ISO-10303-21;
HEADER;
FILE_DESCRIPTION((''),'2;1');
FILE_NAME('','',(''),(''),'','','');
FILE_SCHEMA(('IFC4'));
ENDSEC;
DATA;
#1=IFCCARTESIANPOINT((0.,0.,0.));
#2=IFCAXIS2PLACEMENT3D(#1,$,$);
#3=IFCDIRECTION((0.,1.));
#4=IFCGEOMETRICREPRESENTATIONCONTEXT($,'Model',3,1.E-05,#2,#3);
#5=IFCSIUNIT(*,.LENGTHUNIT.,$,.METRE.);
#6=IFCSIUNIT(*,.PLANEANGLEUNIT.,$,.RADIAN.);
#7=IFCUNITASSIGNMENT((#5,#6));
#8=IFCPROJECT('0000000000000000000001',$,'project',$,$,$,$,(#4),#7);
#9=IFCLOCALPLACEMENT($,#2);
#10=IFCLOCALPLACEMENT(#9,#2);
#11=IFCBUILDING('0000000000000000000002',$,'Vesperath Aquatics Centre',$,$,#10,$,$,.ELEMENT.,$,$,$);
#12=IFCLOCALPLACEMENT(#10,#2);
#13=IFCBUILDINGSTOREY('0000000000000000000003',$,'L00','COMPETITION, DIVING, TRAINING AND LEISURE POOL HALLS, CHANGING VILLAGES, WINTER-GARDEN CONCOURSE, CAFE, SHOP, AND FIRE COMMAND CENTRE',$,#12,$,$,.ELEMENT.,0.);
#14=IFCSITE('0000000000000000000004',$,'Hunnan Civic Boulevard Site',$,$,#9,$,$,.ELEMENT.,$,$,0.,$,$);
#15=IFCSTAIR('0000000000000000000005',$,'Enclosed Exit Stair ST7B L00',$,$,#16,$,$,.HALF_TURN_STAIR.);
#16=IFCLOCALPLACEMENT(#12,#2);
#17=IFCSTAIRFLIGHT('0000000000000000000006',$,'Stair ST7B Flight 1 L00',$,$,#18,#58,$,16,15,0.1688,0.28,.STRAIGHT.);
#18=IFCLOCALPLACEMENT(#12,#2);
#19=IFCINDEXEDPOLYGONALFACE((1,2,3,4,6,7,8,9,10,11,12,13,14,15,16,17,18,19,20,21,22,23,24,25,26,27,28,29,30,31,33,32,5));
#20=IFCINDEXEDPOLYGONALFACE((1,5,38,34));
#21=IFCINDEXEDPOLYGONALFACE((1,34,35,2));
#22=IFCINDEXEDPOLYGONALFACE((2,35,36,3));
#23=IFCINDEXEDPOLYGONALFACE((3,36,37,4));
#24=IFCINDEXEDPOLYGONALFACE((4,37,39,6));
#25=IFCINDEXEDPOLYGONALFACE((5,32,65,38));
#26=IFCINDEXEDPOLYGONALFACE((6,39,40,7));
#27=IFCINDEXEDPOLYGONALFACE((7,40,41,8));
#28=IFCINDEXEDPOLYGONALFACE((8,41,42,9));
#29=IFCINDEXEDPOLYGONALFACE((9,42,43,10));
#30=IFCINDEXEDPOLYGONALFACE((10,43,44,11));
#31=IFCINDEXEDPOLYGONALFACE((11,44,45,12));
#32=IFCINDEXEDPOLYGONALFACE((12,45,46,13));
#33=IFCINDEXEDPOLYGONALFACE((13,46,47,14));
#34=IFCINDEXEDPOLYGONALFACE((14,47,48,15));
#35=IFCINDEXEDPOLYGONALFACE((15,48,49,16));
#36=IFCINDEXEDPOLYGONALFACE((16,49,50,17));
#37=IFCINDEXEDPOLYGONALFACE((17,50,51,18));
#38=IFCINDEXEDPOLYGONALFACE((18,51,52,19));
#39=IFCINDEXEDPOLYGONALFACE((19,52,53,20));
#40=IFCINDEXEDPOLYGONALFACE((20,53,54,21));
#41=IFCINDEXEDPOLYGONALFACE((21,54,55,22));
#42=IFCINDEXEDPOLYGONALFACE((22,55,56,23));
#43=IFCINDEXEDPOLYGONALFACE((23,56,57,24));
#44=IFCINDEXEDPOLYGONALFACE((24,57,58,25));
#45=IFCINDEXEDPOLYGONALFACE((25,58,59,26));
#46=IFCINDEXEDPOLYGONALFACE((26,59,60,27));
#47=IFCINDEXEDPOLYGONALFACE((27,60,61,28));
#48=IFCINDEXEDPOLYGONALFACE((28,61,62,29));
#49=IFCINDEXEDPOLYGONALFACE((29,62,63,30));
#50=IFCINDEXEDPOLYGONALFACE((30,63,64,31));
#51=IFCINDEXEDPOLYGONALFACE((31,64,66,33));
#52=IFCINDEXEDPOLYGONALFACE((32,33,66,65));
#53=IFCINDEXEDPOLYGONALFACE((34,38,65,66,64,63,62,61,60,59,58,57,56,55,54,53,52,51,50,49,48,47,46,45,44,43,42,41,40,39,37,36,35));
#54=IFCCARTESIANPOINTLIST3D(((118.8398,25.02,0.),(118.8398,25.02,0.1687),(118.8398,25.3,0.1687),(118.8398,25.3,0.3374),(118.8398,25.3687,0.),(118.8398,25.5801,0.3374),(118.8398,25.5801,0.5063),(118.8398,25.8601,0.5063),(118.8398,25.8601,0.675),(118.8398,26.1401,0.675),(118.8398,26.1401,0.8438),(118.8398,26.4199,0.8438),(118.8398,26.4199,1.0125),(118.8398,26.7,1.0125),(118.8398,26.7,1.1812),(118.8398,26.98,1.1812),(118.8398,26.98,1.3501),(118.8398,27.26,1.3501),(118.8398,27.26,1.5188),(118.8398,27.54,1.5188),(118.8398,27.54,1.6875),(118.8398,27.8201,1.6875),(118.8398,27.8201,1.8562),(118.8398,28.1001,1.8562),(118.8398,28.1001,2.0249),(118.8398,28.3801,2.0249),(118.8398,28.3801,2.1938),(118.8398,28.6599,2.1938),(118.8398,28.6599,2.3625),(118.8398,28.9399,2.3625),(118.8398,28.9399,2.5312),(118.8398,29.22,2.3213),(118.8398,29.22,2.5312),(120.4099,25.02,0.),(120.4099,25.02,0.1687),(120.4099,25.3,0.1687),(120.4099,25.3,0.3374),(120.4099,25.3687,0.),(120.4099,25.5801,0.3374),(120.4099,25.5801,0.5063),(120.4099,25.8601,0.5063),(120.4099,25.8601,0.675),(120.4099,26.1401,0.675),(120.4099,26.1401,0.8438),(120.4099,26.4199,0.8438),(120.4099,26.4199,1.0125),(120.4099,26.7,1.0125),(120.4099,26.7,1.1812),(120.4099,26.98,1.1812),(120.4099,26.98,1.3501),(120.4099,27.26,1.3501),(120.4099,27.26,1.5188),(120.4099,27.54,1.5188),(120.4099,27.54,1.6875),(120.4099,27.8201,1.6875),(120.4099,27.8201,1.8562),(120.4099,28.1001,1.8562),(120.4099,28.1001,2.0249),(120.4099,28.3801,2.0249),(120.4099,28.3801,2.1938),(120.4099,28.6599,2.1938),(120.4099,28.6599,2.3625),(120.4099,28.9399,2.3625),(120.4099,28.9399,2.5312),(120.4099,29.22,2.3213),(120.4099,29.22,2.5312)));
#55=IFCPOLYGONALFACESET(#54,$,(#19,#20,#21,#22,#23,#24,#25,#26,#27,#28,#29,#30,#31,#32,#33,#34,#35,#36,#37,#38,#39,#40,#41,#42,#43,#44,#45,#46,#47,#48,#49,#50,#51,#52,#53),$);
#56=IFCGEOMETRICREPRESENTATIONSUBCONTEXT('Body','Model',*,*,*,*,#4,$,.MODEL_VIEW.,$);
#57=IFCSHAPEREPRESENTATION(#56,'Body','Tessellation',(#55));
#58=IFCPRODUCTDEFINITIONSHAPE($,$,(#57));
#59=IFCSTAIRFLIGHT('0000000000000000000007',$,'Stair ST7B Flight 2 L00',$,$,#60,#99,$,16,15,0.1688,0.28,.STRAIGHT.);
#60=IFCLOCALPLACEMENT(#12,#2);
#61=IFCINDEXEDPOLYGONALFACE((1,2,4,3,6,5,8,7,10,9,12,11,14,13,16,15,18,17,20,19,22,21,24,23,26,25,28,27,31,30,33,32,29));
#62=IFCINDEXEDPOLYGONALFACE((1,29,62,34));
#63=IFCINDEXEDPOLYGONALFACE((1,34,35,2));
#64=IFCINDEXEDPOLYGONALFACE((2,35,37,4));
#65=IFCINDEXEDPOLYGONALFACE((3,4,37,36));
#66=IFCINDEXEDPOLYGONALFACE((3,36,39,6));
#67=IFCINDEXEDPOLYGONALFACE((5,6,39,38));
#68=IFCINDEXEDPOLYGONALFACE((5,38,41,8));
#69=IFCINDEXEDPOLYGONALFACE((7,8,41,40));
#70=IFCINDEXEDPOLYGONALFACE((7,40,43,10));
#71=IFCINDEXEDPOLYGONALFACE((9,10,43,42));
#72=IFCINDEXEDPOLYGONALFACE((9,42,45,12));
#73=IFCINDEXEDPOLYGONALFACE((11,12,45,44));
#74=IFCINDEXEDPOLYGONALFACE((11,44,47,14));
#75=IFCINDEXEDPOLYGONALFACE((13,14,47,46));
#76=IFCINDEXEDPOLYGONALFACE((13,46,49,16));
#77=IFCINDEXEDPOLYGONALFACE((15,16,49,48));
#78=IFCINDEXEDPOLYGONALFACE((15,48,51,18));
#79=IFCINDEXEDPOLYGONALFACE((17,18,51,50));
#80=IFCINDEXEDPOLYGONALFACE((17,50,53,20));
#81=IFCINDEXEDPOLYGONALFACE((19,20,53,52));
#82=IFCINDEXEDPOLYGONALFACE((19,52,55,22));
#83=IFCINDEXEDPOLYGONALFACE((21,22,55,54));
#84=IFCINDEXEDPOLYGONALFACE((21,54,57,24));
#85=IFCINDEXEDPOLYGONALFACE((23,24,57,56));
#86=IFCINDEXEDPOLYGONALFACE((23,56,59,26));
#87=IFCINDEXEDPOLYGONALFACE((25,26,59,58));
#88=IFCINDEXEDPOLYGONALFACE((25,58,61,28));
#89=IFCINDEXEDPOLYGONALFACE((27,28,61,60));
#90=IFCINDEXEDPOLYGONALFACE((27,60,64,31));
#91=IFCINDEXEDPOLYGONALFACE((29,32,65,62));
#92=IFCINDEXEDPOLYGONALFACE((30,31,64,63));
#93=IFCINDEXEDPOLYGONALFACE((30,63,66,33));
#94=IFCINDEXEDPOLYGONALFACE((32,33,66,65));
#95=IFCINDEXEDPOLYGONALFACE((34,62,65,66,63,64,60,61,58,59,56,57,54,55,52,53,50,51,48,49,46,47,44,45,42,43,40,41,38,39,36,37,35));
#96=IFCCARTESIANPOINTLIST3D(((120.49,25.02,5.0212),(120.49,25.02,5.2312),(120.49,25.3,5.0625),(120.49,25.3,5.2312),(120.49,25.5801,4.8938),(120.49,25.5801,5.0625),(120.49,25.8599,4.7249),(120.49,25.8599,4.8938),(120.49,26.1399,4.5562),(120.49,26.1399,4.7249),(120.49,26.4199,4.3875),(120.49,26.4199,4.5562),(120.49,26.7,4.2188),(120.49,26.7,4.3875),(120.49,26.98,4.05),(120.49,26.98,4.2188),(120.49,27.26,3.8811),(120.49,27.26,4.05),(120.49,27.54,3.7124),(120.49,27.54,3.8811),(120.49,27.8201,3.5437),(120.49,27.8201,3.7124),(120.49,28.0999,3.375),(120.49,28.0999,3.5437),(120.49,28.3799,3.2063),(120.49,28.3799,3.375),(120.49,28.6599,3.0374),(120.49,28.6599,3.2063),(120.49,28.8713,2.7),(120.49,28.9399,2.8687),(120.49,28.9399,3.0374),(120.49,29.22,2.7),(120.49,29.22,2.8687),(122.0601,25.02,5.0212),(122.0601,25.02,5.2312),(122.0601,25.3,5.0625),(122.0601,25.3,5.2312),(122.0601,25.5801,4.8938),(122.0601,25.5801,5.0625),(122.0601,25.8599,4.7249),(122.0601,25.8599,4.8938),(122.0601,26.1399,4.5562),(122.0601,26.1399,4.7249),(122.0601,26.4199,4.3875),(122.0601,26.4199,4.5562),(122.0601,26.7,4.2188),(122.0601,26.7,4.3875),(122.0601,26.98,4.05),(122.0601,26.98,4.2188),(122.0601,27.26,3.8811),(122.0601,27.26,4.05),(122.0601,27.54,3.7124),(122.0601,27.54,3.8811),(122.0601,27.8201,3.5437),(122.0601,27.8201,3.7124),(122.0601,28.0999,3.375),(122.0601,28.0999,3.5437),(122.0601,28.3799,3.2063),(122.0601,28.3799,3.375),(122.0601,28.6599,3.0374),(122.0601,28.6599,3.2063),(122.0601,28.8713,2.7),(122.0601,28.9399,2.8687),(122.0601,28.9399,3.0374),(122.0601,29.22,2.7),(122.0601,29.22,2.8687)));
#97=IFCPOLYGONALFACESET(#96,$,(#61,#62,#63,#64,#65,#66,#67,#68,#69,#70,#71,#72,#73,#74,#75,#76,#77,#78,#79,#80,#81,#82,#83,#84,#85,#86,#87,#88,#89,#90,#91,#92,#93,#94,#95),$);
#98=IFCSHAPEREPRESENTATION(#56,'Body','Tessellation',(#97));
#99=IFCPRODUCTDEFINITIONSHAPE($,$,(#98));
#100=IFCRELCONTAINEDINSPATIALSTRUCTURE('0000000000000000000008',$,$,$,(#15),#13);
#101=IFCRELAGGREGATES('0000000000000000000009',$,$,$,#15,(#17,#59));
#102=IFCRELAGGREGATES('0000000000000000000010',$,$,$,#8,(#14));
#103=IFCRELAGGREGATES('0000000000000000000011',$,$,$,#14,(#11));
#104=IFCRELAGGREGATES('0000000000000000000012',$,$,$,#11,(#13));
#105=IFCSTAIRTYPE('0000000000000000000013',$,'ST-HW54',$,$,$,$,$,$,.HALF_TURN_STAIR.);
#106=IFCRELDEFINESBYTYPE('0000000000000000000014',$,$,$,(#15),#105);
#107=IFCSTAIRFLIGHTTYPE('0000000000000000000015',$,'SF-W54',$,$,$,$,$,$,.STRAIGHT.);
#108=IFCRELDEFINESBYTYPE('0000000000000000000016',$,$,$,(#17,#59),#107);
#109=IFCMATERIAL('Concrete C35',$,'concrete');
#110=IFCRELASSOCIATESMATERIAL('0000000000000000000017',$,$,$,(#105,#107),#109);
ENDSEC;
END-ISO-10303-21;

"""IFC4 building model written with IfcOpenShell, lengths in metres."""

from ifc_helpers import new_model, si_unit, direction, frame, origin, place, context, subcontext, project, spatial, polyline, outline, extrude, material, type_object, element, aggregate, save


model = new_model("IFC4")

# Units and contexts
model_context = context("Model", 3, precision=1e-05, world=origin(), true_north=direction((0.0, 1.0)))
body_context = subcontext(model_context, "Body", "Model", "MODEL_VIEW")
ifc_project = project(units=[si_unit("LENGTHUNIT", "METRE"), si_unit("PLANEANGLEUNIT", "RADIAN")], contexts=[model_context])

# Site, building, storey
site_placement = place(None, origin())
site = spatial("IfcSite", under=ifc_project, at=site_placement, Name="Hunnan Civic Boulevard Site", CompositionType="ELEMENT", RefElevation=0.0)
building_placement = place(site_placement, origin())
building = spatial("IfcBuilding", under=site, at=building_placement, Name="Vesperath Aquatics Centre", CompositionType="ELEMENT")
storey_placement = place(building_placement, origin())
storey = spatial("IfcBuildingStorey", under=building, at=storey_placement, Name="L00", Description="COMPETITION, DIVING, TRAINING AND LEISURE POOL HALLS, CHANGING VILLAGES, WINTER-GARDEN CONCOURSE, CAFE, SHOP, AND FIRE COMMAND CENTRE", CompositionType="ELEMENT", Elevation=0.0)

# Shared definitions
ifc_material_1 = material(Name="Concrete C35", Category="concrete")

# Stair, stair flights
stair_type = type_object("IfcStairType", Name="ST-HW54", PredefinedType="HALF_TURN_STAIR", material=ifc_material_1)
stair_placement = place(storey_placement, origin())
stair = element("IfcStair", 1, at=stair_placement, inside=storey, type_object=stair_type, Name="Enclosed Exit Stair ST7B L00", PredefinedType="HALF_TURN_STAIR")
stair_flight_type = type_object("IfcStairFlightType", Name="SF-W54", PredefinedType="STRAIGHT", material=ifc_material_1)
stair_flight_1_placement = place(storey_placement, frame((119.625, 25.02, 0.0), z_axis=(0.0, 0.0, 1.0), x_axis=(0.0, 1.0, 0.0)))
stair_flight_1 = element("IfcStairFlight", 2, at=stair_flight_1_placement, type_object=stair_flight_type, Name="Stair ST7B Flight 1 L00", NumberOfRisers=16, NumberOfTreads=15, PredefinedType="STRAIGHT", RiserHeight=0.1688, TreadLength=0.28, context=body_context, shape_type="SweptSolid", body=[
    extrude(outline(polyline([(0.0, 0.0), (0.0, 0.1687), (0.28, 0.1687), (0.28, 0.3374), (0.5601, 0.3374), (0.5601, 0.5063), (0.8401, 0.5063), (0.8401, 0.675), (1.1201, 0.675), (1.1201, 0.8438), (1.3999, 0.8438), (1.3999, 1.0125), (1.6799, 1.0125), (1.6799, 1.1812), (1.96, 1.1812), (1.96, 1.3501), (2.24, 1.3501), (2.24, 1.5188), (2.52, 1.5188), (2.52, 1.6875), (2.8, 1.6875), (2.8, 1.8562), (3.0801, 1.8562), (3.0801, 2.0249), (3.3601, 2.0249), (3.3601, 2.1938), (3.6399, 2.1938), (3.6399, 2.3625), (3.9199, 2.3625), (3.9199, 2.5312), (4.2, 2.5312), (4.2, 2.7), (4.2, 2.3213), (0.3486, 0.0), (0.0, 0.0)])), frame((0.0, 0.7852, 0.0), z_axis=(0.0, -1.0, 0.0), x_axis=(1.0, 0.0, 0.0)), (0.0, 0.0, 1.0), 1.5701),
])
stair_flight_2_placement = place(storey_placement, frame((121.2749, 29.22, 2.7), z_axis=(0.0, 0.0, 1.0), x_axis=(0.0, -1.0, 0.0)))
stair_flight_2 = element("IfcStairFlight", 3, at=stair_flight_2_placement, type_object=stair_flight_type, Name="Stair ST7B Flight 2 L00", NumberOfRisers=16, NumberOfTreads=15, PredefinedType="STRAIGHT", RiserHeight=0.1688, TreadLength=0.28, context=body_context, shape_type="SweptSolid", body=[
    extrude(outline(polyline([(0.0, 0.0), (0.0, 0.1687), (0.28, 0.1687), (0.28, 0.3374), (0.5601, 0.3374), (0.5601, 0.5063), (0.8401, 0.5063), (0.8401, 0.675), (1.1201, 0.675), (1.1201, 0.8438), (1.3999, 0.8438), (1.3999, 1.0125), (1.6799, 1.0125), (1.6799, 1.1812), (1.96, 1.1812), (1.96, 1.3501), (2.24, 1.3501), (2.24, 1.5188), (2.52, 1.5188), (2.52, 1.6875), (2.8, 1.6875), (2.8, 1.8562), (3.0801, 1.8562), (3.0801, 2.0249), (3.3601, 2.0249), (3.3601, 2.1938), (3.6399, 2.1938), (3.6399, 2.3625), (3.9199, 2.3625), (3.9199, 2.5312), (4.2, 2.5312), (4.2, 2.7), (4.2, 2.3213), (0.3486, 0.0), (0.0, 0.0)])), frame((0.0, 0.7852, 0.0), z_axis=(0.0, -1.0, 0.0), x_axis=(1.0, 0.0, 0.0)), (0.0, 0.0, 1.0), 1.5701),
])
aggregate(stair, [stair_flight_1, stair_flight_2])

save(model, "model.ifc")
